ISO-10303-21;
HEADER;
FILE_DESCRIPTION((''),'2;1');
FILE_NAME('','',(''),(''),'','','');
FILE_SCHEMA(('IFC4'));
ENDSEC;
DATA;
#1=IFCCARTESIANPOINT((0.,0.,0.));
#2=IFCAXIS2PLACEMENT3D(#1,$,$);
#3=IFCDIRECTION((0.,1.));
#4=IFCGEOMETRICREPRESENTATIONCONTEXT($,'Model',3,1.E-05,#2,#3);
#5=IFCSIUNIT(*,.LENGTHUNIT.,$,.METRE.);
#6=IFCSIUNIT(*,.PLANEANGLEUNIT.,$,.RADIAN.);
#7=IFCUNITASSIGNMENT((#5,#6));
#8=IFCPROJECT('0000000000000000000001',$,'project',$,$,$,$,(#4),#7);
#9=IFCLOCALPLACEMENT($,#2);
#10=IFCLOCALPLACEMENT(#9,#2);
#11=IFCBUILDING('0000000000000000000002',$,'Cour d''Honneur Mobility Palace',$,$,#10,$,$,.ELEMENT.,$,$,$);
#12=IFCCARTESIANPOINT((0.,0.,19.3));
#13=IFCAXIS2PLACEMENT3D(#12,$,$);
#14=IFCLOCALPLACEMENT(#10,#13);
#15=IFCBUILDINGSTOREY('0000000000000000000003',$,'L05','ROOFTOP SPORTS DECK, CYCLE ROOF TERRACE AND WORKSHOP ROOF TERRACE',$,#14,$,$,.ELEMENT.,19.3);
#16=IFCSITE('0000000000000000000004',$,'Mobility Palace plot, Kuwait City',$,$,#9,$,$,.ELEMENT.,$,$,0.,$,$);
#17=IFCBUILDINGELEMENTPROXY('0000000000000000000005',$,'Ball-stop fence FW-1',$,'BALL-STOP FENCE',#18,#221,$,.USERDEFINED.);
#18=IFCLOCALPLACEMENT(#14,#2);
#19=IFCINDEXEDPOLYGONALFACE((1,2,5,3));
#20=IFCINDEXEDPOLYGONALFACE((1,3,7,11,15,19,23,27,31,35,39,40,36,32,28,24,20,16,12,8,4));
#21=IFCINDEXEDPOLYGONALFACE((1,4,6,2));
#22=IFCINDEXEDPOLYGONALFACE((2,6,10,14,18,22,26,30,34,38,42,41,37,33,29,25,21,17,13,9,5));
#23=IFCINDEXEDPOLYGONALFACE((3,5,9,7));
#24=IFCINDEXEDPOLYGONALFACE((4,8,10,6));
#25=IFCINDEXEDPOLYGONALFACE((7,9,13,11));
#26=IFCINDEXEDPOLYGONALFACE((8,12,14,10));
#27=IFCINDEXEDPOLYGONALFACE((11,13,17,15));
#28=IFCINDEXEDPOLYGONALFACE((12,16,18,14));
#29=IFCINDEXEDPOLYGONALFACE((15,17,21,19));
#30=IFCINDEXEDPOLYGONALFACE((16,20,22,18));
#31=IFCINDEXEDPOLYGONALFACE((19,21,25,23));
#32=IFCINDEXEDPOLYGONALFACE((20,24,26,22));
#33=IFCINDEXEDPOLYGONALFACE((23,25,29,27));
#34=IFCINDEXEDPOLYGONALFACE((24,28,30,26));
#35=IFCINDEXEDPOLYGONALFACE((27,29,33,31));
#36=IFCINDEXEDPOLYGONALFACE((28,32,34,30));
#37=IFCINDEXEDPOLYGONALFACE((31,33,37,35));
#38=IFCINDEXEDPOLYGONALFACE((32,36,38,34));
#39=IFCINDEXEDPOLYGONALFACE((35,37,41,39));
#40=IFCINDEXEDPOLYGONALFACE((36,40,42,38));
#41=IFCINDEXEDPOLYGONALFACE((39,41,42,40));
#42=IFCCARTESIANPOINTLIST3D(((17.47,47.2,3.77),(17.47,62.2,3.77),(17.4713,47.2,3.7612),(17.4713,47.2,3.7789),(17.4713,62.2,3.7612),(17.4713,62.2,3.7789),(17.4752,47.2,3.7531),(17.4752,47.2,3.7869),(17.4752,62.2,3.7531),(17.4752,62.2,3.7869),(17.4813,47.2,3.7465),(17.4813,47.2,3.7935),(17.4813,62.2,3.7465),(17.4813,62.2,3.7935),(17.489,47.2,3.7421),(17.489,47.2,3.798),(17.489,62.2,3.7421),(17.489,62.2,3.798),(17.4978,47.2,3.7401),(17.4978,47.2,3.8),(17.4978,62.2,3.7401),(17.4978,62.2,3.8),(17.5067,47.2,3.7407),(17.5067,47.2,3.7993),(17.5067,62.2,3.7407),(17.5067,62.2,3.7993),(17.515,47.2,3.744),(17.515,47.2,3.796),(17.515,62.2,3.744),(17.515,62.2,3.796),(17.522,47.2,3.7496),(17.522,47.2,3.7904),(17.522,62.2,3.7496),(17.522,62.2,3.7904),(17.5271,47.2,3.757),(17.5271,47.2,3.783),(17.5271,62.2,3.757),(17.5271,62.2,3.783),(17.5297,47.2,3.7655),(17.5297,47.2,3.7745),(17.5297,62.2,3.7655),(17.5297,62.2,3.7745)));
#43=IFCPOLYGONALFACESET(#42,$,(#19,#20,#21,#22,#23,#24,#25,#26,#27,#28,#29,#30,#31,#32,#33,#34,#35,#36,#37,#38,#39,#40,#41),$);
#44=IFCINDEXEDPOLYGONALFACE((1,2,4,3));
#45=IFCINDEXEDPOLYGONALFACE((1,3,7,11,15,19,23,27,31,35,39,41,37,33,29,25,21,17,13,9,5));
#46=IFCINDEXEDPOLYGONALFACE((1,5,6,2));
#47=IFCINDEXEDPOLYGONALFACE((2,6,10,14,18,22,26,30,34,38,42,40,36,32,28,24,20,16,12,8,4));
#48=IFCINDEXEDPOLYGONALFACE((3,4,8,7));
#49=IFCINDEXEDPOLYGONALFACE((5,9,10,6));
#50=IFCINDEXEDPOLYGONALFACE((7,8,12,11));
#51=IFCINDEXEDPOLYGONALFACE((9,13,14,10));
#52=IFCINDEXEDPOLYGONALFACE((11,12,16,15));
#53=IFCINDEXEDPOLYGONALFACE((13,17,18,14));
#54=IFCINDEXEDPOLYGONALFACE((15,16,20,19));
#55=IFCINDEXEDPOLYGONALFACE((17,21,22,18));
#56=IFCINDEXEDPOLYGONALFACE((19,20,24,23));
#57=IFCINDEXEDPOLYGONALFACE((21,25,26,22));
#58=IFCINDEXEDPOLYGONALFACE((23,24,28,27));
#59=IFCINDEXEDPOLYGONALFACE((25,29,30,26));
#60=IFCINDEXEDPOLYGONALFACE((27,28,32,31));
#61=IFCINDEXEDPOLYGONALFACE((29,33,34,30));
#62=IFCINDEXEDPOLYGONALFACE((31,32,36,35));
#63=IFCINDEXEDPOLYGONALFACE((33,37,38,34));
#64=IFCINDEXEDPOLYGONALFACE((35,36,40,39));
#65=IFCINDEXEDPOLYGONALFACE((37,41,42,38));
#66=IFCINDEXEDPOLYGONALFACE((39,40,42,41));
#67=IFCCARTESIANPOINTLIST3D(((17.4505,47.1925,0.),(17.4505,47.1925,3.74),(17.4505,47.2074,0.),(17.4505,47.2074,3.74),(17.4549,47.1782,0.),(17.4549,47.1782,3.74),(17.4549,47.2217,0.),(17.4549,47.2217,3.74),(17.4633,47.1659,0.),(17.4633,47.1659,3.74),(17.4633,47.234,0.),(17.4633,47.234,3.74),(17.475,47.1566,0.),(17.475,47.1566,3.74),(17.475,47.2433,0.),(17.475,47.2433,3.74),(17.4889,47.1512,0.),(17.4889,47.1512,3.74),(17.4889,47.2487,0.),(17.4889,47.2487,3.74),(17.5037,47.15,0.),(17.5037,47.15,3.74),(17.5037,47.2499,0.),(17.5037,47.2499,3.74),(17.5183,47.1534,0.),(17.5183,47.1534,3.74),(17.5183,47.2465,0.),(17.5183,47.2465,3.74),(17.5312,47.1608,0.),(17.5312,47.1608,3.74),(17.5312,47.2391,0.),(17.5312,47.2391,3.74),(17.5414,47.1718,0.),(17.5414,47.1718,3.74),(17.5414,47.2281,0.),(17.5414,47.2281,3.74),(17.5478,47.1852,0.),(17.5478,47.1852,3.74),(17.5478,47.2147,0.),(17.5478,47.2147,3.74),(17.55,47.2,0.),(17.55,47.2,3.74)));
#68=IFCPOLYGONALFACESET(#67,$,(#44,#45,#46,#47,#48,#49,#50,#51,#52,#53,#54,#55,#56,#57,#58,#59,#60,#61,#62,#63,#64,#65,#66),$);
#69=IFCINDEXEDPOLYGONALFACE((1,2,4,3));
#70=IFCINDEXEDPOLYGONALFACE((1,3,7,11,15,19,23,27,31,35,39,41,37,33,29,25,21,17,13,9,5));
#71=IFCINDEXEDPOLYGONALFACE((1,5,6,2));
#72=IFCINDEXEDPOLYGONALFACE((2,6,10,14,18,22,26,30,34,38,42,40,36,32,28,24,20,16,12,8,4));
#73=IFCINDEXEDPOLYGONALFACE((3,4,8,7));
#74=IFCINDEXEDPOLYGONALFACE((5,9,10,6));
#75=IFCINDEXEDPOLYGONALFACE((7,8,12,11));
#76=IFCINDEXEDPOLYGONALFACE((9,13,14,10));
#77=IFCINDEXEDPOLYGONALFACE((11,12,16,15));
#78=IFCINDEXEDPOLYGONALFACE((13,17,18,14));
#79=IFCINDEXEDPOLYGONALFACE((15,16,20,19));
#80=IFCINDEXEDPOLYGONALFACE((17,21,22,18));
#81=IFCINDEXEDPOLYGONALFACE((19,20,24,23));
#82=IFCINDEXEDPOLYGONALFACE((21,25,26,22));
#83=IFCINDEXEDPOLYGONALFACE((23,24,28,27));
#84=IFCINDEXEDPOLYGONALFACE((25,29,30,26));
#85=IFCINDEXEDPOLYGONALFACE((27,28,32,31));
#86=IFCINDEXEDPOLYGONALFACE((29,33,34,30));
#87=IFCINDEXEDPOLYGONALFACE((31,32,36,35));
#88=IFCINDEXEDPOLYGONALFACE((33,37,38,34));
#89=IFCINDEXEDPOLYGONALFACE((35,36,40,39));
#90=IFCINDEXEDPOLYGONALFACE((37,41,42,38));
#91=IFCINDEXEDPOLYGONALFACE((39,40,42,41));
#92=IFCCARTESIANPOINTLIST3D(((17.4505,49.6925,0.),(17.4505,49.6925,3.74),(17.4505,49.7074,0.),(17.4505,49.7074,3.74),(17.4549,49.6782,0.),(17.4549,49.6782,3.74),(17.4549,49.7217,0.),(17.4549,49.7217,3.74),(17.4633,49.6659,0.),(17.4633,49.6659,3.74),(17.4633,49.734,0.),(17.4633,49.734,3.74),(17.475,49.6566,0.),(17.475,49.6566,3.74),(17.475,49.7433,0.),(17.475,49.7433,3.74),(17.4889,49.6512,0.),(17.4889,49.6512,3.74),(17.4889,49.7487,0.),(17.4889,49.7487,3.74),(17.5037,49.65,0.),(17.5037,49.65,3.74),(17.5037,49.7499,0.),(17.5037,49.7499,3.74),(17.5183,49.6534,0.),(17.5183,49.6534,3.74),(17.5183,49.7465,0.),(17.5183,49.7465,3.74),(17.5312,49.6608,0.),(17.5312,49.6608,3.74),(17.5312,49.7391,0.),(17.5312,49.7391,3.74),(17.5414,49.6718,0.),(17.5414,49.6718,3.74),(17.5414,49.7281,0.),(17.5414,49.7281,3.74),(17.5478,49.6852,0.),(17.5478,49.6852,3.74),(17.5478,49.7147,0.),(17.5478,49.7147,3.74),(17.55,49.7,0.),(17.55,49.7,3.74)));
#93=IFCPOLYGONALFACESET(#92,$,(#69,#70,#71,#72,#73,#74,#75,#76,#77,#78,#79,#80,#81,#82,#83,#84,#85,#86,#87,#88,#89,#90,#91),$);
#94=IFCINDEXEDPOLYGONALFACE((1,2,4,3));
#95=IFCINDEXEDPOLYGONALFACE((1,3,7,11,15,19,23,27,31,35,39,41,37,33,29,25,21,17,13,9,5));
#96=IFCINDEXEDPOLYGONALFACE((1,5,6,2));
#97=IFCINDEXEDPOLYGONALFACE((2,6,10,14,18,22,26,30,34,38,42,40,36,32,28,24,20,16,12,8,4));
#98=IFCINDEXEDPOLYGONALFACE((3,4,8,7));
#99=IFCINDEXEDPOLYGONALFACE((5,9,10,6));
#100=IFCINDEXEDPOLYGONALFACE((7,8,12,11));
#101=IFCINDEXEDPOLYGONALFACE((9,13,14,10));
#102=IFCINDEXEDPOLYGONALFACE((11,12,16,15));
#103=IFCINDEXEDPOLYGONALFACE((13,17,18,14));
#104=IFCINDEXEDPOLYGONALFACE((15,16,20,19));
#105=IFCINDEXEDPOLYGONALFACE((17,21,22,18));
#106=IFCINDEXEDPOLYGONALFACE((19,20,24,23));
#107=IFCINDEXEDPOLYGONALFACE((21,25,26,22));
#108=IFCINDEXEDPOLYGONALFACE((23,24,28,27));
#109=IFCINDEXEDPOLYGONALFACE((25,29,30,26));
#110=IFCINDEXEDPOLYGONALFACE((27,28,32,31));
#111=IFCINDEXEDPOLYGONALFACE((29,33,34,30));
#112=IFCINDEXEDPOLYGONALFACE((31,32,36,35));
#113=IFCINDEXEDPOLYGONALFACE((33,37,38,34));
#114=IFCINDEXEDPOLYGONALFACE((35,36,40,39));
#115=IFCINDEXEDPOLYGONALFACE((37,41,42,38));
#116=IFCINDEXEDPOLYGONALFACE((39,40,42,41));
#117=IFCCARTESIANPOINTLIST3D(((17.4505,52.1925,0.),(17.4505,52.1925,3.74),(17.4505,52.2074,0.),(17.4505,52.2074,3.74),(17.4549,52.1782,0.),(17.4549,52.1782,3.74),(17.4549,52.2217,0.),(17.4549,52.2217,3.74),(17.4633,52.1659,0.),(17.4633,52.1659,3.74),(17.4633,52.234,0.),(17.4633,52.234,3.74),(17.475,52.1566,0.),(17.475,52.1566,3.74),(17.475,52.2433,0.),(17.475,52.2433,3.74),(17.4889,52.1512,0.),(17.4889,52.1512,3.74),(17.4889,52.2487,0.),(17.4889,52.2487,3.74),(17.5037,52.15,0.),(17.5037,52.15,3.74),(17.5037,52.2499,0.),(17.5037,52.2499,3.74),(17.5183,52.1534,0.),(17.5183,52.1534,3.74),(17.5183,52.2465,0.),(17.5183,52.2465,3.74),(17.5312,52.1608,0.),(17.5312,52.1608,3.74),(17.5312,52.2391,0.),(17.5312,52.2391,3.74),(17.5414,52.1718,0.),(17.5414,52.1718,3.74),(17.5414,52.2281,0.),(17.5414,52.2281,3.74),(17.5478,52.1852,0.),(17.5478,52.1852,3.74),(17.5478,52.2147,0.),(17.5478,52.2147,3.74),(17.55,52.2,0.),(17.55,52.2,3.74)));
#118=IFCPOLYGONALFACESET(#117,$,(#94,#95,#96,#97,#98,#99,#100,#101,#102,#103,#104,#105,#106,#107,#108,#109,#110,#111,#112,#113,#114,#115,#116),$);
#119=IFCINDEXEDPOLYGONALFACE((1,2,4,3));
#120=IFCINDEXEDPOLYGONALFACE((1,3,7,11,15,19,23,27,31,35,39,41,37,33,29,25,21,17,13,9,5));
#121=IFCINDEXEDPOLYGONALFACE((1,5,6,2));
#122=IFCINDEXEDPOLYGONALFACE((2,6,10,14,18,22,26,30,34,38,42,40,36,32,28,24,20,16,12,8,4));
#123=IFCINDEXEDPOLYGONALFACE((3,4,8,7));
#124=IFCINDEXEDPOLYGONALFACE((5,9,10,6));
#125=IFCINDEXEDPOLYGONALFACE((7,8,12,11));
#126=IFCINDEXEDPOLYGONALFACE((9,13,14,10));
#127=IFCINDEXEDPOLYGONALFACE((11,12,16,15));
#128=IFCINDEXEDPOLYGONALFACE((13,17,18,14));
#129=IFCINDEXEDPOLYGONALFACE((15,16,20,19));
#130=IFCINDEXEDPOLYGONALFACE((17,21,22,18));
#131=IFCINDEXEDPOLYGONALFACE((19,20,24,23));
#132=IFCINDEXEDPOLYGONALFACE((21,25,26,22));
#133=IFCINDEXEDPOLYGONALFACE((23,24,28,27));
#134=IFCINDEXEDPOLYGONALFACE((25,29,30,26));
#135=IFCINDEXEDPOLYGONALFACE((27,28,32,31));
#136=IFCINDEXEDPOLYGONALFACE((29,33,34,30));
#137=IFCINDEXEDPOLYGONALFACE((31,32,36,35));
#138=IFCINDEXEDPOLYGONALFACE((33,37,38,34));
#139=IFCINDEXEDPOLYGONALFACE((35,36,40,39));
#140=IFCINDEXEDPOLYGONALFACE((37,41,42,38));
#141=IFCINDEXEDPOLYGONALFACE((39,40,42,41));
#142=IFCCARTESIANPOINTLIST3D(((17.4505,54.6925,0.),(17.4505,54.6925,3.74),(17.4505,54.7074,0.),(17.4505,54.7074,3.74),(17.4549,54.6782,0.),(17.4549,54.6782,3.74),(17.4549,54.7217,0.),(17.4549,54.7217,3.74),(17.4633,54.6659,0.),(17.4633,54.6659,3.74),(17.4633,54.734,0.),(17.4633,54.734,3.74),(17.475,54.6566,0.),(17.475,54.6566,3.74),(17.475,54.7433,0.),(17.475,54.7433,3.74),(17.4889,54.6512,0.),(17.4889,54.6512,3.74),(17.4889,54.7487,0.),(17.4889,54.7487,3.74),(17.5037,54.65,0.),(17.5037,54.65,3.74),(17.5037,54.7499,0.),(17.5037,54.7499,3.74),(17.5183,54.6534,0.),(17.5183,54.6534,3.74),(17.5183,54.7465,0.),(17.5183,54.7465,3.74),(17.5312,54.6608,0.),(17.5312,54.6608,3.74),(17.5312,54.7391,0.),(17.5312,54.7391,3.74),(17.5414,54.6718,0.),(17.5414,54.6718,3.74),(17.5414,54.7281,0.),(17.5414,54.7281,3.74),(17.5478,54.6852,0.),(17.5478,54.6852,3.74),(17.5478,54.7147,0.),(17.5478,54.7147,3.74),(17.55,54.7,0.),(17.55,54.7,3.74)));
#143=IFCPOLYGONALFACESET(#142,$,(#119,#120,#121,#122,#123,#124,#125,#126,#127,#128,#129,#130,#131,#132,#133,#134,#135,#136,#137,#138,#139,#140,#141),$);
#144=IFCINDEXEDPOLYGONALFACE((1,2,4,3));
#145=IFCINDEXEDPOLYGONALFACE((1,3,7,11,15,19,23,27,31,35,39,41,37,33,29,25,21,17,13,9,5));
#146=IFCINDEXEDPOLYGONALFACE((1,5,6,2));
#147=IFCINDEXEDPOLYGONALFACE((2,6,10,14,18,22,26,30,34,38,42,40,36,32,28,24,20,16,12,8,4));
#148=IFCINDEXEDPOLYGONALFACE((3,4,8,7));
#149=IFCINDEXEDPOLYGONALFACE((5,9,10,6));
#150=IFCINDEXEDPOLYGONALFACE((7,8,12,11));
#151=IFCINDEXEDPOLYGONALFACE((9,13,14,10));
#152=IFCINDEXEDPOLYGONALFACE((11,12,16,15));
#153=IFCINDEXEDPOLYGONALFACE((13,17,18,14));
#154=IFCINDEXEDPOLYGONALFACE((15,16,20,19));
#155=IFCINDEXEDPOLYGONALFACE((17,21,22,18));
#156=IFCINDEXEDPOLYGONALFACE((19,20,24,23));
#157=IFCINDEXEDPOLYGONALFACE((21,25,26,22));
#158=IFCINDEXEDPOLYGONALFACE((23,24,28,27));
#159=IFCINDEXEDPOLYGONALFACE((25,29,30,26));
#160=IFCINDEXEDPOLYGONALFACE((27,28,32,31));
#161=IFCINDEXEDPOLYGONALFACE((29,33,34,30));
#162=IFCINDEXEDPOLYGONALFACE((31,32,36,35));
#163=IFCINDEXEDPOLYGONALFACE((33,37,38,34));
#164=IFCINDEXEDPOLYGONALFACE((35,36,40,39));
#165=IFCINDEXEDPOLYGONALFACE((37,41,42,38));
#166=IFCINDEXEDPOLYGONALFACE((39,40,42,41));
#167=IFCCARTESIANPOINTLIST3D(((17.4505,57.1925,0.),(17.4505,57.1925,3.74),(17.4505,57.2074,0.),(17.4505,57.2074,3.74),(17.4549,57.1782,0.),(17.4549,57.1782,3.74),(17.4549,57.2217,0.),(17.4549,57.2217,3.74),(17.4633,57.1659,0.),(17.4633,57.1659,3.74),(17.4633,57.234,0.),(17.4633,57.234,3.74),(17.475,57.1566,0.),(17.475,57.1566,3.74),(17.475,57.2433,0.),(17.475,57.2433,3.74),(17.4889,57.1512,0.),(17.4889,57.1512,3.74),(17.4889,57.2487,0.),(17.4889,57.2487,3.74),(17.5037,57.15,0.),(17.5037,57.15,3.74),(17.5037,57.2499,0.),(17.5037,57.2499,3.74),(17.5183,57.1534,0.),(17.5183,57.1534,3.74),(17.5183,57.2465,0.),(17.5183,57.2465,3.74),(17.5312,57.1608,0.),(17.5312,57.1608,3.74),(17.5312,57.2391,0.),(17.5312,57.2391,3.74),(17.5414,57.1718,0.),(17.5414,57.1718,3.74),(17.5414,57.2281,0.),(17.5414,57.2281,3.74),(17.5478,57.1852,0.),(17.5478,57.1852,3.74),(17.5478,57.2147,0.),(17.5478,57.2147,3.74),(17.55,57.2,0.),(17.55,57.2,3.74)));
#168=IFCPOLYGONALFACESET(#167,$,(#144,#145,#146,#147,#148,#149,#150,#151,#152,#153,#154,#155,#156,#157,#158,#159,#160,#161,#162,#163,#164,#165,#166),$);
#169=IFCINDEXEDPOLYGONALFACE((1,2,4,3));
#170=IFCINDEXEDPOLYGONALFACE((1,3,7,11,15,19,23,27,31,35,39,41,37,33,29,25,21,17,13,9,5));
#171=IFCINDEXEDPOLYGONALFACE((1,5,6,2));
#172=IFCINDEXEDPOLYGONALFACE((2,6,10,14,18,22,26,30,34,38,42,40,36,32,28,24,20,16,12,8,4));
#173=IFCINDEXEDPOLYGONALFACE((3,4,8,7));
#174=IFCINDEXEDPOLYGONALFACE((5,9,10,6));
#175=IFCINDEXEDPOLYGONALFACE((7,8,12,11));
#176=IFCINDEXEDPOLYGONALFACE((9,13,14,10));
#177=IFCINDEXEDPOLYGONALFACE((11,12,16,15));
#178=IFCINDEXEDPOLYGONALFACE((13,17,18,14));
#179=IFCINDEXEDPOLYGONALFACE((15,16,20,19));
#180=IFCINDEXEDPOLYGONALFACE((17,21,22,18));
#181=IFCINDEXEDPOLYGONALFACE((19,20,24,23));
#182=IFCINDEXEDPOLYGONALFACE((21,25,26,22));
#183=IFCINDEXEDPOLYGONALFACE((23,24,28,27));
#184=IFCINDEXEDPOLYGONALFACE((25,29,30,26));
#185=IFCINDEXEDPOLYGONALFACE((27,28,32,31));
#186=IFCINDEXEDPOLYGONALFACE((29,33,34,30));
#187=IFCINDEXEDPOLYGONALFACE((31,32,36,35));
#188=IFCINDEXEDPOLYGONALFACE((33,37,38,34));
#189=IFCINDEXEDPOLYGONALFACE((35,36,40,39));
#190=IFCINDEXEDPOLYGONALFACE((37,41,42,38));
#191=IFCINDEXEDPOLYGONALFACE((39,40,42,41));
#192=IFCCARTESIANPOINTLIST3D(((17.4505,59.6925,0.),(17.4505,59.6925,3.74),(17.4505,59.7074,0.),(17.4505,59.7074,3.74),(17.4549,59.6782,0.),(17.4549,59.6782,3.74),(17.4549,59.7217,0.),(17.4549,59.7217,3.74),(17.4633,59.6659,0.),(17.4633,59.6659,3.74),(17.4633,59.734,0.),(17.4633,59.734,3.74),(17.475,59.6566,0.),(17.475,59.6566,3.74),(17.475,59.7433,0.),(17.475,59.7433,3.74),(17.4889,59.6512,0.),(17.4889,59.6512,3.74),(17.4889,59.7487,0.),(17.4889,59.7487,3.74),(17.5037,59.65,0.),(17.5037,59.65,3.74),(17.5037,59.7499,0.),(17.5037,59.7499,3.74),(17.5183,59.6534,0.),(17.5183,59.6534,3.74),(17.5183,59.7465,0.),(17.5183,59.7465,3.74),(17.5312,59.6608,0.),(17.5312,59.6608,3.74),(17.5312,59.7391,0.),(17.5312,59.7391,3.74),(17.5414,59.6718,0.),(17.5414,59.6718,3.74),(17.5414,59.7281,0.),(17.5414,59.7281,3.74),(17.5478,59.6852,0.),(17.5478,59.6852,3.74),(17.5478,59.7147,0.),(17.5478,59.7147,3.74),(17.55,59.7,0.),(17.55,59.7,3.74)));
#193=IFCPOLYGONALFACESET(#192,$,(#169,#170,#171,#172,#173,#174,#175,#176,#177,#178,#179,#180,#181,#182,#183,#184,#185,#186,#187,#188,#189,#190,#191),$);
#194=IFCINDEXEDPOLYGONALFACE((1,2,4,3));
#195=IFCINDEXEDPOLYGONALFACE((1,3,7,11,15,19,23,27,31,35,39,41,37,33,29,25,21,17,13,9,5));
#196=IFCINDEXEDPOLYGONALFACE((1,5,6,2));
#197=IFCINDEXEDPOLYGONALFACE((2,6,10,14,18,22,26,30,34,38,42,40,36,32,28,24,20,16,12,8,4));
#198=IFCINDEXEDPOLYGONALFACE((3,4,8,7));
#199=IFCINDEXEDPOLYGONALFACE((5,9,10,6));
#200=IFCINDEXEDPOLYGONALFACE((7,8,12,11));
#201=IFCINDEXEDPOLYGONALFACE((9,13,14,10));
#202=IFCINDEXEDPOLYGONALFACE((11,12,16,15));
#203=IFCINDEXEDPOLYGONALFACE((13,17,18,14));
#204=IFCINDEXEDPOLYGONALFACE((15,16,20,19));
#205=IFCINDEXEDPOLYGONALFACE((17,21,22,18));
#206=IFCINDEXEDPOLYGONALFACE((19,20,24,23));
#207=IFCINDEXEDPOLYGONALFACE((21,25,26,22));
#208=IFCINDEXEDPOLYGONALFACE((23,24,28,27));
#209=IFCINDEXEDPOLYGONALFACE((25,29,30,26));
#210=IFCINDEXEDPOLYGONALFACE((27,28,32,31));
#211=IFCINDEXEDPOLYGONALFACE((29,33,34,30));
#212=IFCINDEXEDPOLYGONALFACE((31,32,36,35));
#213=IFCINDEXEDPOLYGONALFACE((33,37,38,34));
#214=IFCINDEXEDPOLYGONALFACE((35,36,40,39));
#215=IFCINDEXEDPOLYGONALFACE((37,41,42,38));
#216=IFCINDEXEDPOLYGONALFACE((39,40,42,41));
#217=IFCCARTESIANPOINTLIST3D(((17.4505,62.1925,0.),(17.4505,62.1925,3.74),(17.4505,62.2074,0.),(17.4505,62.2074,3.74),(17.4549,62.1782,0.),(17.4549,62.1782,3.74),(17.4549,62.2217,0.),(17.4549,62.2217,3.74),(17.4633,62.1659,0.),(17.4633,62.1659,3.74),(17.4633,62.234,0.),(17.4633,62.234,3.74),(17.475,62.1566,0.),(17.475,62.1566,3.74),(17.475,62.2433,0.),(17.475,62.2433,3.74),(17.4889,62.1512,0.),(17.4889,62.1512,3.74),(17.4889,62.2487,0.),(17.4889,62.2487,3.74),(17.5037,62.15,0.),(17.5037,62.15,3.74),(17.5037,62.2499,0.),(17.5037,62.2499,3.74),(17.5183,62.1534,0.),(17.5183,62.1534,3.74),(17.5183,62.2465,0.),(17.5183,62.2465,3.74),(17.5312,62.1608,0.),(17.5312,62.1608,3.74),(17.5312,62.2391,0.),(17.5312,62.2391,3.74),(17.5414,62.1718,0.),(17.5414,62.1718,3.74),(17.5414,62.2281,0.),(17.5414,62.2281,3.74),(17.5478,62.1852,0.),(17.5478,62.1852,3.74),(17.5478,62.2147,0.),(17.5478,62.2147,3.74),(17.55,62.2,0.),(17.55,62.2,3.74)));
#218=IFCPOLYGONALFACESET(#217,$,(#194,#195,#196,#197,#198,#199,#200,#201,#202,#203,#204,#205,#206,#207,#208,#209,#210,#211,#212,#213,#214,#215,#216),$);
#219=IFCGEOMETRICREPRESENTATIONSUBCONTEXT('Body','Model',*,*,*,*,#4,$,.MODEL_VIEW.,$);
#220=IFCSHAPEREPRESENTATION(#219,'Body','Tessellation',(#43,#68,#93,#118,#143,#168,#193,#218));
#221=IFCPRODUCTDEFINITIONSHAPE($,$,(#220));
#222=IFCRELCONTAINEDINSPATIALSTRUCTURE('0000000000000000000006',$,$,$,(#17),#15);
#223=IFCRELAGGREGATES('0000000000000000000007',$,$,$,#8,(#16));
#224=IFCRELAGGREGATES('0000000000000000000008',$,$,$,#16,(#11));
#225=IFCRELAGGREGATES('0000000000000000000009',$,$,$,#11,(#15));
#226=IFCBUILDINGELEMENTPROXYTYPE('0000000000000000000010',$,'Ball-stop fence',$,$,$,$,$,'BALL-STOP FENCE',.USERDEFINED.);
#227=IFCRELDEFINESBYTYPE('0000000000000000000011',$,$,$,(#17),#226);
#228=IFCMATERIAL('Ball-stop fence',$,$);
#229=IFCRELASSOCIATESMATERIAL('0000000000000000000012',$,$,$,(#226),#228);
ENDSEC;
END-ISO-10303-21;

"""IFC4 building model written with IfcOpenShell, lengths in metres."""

from ifc_helpers import new_model, si_unit, direction, frame, origin, origin_2d, place, context, subcontext, project, spatial, circle, extrude, material, type_object, element, save


model = new_model("IFC4")

# Units and contexts
model_context = context("Model", 3, precision=1e-05, world=origin(), true_north=direction((0.0, 1.0)))
body_context = subcontext(model_context, "Body", "Model", "MODEL_VIEW")
ifc_project = project(units=[si_unit("LENGTHUNIT", "METRE"), si_unit("PLANEANGLEUNIT", "RADIAN")], contexts=[model_context])

# Site, building, storey
site_placement = place(None, origin())
site = spatial("IfcSite", under=ifc_project, at=site_placement, Name="Mobility Palace plot, Kuwait City", CompositionType="ELEMENT", RefElevation=0.0)
building_placement = place(site_placement, origin())
building = spatial("IfcBuilding", under=site, at=building_placement, Name="Cour d'Honneur Mobility Palace", CompositionType="ELEMENT")
storey_placement = place(building_placement, frame((0.0, 0.0, 19.3)))
storey = spatial("IfcBuildingStorey", under=building, at=storey_placement, Name="L05", Description="ROOFTOP SPORTS DECK, CYCLE ROOF TERRACE AND WORKSHOP ROOF TERRACE", CompositionType="ELEMENT", Elevation=19.3)

# Building element proxy
ifc_material_1 = material(Name="Ball-stop fence")
building_element_proxy_type = type_object("IfcBuildingElementProxyType", Name="Ball-stop fence", ElementType="BALL-STOP FENCE", PredefinedType="USERDEFINED", material=ifc_material_1)
proxy_placement = place(storey_placement, frame((17.5, 47.2, 0.0)))
element("IfcBuildingElementProxy", 1, at=proxy_placement, inside=storey, type_object=building_element_proxy_type, Name="Ball-stop fence FW-1", ObjectType="BALL-STOP FENCE", PredefinedType="USERDEFINED", context=body_context, shape_type="SweptSolid", body=[
    extrude(circle(Radius=0.03, at=origin_2d()), frame((0.0, 0.0, 3.77), z_axis=(0.0, 1.0, 0.0), x_axis=(-1.0, 0.0, 0.0)), (0.0, 0.0, 1.0), 15.0),
    extrude(circle(Radius=0.05, at=origin_2d()), origin(), (0.0, 0.0, 1.0), 3.74),
    extrude(circle(Radius=0.05, at=origin_2d()), frame((0.0, 2.5, 0.0)), (0.0, 0.0, 1.0), 3.74),
    extrude(circle(Radius=0.05, at=origin_2d()), frame((0.0, 5.0, 0.0)), (0.0, 0.0, 1.0), 3.74),
    extrude(circle(Radius=0.05, at=origin_2d()), frame((0.0, 7.5, 0.0)), (0.0, 0.0, 1.0), 3.74),
    extrude(circle(Radius=0.05, at=origin_2d()), frame((0.0, 10.0, 0.0)), (0.0, 0.0, 1.0), 3.74),
    extrude(circle(Radius=0.05, at=origin_2d()), frame((0.0, 12.5, 0.0)), (0.0, 0.0, 1.0), 3.74),
    extrude(circle(Radius=0.05, at=origin_2d()), frame((0.0, 15.0, 0.0)), (0.0, 0.0, 1.0), 3.74),
])

save(model, "model.ifc")
